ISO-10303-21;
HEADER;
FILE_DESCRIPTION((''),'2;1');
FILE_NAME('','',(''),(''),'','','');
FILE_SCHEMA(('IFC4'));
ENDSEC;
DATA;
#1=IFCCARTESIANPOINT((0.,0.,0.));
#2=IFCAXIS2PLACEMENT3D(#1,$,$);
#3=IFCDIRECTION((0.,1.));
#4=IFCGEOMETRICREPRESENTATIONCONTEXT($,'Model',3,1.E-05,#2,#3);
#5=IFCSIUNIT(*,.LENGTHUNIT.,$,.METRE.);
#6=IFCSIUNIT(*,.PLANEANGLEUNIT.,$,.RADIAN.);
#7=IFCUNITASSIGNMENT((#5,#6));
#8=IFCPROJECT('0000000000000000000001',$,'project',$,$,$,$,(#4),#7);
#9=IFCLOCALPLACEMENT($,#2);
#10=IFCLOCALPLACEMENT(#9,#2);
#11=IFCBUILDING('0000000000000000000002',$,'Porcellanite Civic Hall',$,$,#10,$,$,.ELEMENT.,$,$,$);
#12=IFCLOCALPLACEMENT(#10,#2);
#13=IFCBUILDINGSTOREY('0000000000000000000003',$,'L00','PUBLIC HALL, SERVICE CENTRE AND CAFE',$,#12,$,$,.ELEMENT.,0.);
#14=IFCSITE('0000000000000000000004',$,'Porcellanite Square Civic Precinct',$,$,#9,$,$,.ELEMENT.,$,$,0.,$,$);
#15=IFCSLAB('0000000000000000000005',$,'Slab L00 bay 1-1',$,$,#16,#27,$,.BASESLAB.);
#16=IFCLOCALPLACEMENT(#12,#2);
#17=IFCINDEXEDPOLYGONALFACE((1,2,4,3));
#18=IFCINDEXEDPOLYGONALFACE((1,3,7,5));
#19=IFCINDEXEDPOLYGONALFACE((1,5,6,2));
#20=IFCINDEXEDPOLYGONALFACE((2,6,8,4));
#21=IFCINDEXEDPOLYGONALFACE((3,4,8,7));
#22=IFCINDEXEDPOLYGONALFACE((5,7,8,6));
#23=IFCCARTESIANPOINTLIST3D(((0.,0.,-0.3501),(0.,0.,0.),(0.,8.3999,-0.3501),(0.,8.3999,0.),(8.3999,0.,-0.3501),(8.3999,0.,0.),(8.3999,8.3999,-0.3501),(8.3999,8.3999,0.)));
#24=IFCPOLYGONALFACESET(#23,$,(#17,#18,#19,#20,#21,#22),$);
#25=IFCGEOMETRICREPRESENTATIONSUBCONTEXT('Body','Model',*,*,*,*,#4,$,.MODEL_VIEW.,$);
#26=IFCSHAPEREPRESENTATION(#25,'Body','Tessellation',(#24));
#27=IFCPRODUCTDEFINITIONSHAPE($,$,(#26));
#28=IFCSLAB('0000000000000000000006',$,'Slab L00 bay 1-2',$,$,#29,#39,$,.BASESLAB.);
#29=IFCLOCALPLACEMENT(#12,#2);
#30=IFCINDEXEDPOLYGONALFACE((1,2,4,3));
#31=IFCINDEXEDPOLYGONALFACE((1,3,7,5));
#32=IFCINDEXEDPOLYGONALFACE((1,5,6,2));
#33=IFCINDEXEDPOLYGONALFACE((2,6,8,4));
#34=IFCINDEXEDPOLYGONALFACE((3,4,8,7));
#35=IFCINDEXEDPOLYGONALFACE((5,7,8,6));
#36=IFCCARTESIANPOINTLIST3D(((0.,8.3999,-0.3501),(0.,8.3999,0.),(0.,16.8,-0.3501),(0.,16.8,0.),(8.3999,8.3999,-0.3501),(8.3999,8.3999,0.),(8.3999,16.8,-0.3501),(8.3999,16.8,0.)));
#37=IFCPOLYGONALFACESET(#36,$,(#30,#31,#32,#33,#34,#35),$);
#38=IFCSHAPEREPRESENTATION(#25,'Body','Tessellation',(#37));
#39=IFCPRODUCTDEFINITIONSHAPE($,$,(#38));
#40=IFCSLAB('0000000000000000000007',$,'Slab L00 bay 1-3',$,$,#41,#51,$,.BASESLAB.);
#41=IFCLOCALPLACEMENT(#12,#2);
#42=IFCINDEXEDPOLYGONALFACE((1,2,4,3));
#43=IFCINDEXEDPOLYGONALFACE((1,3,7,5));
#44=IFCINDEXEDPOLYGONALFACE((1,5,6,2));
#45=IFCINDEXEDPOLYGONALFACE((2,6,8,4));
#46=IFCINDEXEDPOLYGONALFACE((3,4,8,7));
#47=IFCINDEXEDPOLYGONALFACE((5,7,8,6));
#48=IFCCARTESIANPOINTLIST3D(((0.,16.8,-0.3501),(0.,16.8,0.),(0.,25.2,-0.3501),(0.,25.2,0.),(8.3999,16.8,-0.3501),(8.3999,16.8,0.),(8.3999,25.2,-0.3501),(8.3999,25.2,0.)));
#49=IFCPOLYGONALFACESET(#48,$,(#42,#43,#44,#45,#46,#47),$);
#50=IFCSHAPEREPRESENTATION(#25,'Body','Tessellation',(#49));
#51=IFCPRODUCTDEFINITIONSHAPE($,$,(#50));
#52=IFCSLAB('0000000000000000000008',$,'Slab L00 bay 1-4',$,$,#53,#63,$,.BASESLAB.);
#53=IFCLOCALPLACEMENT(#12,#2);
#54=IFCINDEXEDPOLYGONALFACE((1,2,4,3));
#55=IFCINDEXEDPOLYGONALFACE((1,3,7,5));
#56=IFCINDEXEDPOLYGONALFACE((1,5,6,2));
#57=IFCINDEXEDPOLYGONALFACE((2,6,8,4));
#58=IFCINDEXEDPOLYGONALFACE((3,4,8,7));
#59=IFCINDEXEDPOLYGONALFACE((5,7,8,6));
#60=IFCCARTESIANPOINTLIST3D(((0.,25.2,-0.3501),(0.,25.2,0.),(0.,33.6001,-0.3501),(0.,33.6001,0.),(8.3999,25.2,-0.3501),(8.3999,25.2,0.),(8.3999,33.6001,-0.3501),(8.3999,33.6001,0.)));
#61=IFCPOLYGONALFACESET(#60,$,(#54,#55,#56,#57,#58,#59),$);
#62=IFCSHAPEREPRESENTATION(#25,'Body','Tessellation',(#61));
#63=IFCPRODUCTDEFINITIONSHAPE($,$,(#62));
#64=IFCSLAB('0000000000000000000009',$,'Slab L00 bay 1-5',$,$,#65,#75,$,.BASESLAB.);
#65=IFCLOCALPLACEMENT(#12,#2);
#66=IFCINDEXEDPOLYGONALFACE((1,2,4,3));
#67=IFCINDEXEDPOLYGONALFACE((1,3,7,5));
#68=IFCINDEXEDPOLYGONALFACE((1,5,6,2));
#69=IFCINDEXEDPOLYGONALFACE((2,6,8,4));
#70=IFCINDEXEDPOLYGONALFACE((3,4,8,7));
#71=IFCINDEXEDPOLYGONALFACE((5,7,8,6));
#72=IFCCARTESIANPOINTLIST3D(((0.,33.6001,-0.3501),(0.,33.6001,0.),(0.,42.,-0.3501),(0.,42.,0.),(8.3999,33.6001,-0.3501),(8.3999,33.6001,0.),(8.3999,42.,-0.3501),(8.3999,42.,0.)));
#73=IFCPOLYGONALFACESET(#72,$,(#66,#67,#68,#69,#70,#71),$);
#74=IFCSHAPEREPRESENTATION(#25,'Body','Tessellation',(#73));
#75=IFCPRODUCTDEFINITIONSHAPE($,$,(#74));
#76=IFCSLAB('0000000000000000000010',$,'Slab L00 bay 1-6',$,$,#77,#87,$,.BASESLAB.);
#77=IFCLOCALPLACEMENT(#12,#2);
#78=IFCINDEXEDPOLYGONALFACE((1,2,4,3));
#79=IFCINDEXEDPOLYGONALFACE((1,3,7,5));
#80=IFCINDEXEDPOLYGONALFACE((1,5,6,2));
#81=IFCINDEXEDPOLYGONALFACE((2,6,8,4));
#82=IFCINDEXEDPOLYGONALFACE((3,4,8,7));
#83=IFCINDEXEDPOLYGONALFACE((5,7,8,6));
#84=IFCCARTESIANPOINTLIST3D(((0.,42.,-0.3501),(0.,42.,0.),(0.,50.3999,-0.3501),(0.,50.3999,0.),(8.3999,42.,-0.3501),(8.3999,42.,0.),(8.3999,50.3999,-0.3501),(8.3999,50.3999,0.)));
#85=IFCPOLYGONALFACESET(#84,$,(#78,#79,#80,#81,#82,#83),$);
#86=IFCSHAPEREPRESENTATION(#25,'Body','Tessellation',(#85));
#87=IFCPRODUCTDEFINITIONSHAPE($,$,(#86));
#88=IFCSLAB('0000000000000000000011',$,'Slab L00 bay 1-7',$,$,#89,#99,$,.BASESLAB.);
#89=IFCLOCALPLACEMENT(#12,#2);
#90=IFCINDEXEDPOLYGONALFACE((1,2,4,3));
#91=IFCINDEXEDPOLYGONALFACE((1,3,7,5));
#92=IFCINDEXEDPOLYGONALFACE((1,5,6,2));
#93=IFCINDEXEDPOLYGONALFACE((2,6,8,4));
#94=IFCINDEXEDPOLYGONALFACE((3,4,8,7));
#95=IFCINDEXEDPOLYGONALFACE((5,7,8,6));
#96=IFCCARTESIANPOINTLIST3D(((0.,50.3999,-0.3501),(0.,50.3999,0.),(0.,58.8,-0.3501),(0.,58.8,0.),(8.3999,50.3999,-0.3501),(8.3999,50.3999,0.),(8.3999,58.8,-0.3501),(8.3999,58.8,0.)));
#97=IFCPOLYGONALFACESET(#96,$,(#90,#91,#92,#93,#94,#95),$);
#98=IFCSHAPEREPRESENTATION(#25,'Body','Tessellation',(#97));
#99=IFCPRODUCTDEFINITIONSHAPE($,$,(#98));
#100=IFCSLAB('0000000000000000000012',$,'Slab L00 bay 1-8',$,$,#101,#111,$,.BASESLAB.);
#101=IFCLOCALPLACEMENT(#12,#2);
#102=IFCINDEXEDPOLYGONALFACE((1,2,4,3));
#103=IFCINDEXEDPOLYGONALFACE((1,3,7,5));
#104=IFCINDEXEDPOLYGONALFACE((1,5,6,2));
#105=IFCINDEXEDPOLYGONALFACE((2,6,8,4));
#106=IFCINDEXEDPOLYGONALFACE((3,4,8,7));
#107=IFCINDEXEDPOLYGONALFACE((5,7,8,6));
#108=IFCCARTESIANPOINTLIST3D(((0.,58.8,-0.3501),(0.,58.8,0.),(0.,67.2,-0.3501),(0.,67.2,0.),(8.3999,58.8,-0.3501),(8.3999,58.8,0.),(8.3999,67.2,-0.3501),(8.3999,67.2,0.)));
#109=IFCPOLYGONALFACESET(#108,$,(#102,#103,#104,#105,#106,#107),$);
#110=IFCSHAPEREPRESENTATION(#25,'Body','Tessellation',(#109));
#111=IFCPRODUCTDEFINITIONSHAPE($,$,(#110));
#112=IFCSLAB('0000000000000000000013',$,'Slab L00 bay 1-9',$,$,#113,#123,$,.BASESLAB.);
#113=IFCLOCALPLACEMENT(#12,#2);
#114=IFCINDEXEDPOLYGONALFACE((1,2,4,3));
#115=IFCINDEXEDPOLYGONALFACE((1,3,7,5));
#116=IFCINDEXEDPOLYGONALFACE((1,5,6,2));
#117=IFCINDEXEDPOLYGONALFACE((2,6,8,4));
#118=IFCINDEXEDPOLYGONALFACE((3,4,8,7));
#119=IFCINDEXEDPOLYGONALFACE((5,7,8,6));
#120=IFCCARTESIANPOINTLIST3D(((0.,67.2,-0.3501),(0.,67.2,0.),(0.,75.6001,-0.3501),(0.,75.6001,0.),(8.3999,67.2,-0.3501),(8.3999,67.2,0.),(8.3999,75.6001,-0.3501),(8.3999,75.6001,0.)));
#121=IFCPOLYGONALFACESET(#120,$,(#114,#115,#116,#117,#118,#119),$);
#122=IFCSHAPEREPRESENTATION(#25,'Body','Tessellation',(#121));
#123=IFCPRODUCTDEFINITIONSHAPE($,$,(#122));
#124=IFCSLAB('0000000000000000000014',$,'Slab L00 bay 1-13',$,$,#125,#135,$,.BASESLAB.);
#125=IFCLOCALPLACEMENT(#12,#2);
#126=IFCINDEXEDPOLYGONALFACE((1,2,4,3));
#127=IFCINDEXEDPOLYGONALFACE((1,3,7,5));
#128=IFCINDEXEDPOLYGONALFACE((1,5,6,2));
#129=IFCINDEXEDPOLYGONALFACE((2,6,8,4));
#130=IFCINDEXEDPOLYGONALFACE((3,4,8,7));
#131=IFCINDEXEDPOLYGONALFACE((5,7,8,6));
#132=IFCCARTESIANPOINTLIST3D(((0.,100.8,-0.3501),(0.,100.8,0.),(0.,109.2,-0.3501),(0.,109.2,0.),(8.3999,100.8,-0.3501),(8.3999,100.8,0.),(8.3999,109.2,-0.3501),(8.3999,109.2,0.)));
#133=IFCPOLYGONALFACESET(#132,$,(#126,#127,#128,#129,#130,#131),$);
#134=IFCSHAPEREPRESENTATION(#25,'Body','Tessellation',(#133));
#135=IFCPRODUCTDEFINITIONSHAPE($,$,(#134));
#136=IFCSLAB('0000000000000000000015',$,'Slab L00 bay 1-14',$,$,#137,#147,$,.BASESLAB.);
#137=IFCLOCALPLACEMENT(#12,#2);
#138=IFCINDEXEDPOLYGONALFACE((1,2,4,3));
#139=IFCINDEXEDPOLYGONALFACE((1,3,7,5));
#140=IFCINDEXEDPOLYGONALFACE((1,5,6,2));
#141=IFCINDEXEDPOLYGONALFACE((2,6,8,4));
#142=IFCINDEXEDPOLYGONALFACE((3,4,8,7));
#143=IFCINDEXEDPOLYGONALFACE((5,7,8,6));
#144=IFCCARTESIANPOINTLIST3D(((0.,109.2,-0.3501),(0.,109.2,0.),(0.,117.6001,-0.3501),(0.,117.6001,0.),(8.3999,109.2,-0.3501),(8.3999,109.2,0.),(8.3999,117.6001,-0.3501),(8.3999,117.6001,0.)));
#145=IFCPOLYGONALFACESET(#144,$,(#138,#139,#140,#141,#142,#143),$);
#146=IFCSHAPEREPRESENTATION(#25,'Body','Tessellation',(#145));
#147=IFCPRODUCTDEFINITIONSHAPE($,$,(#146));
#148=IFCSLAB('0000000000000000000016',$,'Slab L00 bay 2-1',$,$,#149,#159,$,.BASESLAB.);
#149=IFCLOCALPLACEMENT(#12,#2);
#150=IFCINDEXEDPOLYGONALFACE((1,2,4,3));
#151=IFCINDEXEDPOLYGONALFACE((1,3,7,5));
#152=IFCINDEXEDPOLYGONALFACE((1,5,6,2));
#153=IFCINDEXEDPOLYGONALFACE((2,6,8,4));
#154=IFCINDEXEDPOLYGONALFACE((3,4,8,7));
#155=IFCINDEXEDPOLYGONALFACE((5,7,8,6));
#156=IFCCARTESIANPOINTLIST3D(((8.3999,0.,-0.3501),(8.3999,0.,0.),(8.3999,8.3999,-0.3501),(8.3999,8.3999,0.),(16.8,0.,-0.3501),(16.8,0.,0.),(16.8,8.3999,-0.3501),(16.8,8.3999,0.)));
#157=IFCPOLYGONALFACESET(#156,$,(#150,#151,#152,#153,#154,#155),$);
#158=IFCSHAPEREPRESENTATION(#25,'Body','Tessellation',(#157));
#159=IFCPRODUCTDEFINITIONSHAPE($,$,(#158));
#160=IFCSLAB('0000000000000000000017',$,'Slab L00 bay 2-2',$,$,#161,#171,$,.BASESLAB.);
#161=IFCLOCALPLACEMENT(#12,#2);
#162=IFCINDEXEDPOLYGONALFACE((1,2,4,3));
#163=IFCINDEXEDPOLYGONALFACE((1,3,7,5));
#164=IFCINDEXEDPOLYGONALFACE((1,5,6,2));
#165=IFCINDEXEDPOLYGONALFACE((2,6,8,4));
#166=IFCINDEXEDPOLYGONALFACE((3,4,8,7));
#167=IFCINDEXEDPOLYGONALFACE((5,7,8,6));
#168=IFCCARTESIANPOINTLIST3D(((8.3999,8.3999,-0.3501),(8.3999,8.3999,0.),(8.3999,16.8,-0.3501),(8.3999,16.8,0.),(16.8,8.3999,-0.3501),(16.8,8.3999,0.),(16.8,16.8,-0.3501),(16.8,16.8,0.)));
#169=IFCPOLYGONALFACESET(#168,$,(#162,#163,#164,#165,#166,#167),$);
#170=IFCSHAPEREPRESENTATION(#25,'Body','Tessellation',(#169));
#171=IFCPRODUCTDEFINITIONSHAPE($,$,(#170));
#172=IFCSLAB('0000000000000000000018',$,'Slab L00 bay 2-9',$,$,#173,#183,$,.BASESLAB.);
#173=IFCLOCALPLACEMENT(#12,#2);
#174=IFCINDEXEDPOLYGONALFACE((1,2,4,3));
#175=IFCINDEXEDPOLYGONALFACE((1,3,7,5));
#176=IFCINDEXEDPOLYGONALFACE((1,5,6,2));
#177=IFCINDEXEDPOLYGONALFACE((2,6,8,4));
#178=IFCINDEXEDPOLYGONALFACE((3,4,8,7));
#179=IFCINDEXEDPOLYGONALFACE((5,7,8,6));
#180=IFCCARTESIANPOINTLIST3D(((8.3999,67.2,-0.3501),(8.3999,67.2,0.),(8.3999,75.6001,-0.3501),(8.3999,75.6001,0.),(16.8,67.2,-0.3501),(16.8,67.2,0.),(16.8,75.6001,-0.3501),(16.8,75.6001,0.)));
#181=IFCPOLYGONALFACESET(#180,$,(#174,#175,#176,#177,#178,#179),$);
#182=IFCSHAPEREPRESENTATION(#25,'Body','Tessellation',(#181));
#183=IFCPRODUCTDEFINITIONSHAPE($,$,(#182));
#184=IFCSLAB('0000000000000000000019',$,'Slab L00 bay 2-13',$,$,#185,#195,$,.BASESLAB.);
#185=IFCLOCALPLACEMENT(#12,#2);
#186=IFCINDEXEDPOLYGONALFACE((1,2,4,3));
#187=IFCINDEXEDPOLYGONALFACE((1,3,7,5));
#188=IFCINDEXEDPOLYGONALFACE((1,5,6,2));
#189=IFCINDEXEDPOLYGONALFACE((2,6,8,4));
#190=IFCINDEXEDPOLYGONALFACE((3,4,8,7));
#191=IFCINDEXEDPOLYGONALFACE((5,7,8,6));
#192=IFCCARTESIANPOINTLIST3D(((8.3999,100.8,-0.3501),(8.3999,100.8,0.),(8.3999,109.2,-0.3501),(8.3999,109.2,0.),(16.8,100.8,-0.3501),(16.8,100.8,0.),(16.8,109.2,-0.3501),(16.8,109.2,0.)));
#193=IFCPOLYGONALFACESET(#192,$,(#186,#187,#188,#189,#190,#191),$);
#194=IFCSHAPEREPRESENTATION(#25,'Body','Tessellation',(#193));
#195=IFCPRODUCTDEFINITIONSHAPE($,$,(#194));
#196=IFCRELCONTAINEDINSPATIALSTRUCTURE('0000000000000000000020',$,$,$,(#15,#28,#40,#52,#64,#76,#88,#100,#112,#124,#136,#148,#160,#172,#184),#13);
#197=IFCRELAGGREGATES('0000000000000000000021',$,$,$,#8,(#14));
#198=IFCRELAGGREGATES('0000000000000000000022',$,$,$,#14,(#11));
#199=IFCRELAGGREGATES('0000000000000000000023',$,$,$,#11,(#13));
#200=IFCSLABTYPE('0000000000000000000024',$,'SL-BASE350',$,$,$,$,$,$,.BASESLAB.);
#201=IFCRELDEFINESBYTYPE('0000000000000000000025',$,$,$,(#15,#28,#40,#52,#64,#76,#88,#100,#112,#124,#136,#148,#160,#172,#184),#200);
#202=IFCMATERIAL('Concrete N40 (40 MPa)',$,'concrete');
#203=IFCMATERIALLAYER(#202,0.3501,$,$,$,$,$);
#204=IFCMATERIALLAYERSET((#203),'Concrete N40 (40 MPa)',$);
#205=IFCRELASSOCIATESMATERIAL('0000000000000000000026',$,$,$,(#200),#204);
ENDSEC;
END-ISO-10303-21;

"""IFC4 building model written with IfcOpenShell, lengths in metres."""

from ifc_helpers import new_model, si_unit, direction, frame, origin, place, context, subcontext, project, spatial, polyline, outline, extrude, material, layer, layer_set, type_object, element, save


model = new_model("IFC4")

# Units and contexts
model_context = context("Model", 3, precision=1e-05, world=origin(), true_north=direction((0.0, 1.0)))
body_context = subcontext(model_context, "Body", "Model", "MODEL_VIEW")
ifc_project = project(units=[si_unit("LENGTHUNIT", "METRE"), si_unit("PLANEANGLEUNIT", "RADIAN")], contexts=[model_context])

# Site, building, storey
site_placement = place(None, origin())
site = spatial("IfcSite", under=ifc_project, at=site_placement, Name="Porcellanite Square Civic Precinct", CompositionType="ELEMENT", RefElevation=0.0)
building_placement = place(site_placement, origin())
building = spatial("IfcBuilding", under=site, at=building_placement, Name="Porcellanite Civic Hall", CompositionType="ELEMENT")
storey_placement = place(building_placement, origin())
storey = spatial("IfcBuildingStorey", under=building, at=storey_placement, Name="L00", Description="PUBLIC HALL, SERVICE CENTRE AND CAFE", CompositionType="ELEMENT", Elevation=0.0)

# Slabs
ifc_material = material(Name="Concrete N40 (40 MPa)", Category="concrete")
ifc_layer = layer(ifc_material, 0.3501)
ifc_layer_set = layer_set([ifc_layer], Name="Concrete N40 (40 MPa)")
slab_type = type_object("IfcSlabType", Name="SL-BASE350", PredefinedType="BASESLAB", material=ifc_layer_set)
slab_1_placement = place(storey_placement, frame((0.0, 0.0, -0.3501)))
element("IfcSlab", 1, at=slab_1_placement, inside=storey, type_object=slab_type, Name="Slab L00 bay 1-1", PredefinedType="BASESLAB", context=body_context, shape_type="SweptSolid", body=[
    extrude(outline(polyline([(0.0, 0.0), (8.3999, 0.0), (8.3999, 8.3999), (0.0, 8.3999), (0.0, 0.0)])), origin(), (0.0, 0.0, 1.0), 0.3501),
])
slab_2_placement = place(storey_placement, frame((0.0, 0.0, -0.3501)))
element("IfcSlab", 2, at=slab_2_placement, inside=storey, type_object=slab_type, Name="Slab L00 bay 1-2", PredefinedType="BASESLAB", context=body_context, shape_type="SweptSolid", body=[
    extrude(outline(polyline([(0.0, 8.3999), (8.3999, 8.3999), (8.3999, 16.8), (0.0, 16.8), (0.0, 8.3999)])), origin(), (0.0, 0.0, 1.0), 0.3501),
])
slab_3_placement = place(storey_placement, frame((0.0, 0.0, -0.3501)))
element("IfcSlab", 3, at=slab_3_placement, inside=storey, type_object=slab_type, Name="Slab L00 bay 1-3", PredefinedType="BASESLAB", context=body_context, shape_type="SweptSolid", body=[
    extrude(outline(polyline([(0.0, 16.8), (8.3999, 16.8), (8.3999, 25.2), (0.0, 25.2), (0.0, 16.8)])), origin(), (0.0, 0.0, 1.0), 0.3501),
])
slab_4_placement = place(storey_placement, frame((0.0, 0.0, -0.3501)))
element("IfcSlab", 4, at=slab_4_placement, inside=storey, type_object=slab_type, Name="Slab L00 bay 1-4", PredefinedType="BASESLAB", context=body_context, shape_type="SweptSolid", body=[
    extrude(outline(polyline([(0.0, 25.2), (8.3999, 25.2), (8.3999, 33.6001), (0.0, 33.6001), (0.0, 25.2)])), origin(), (0.0, 0.0, 1.0), 0.3501),
])
slab_5_placement = place(storey_placement, frame((0.0, 0.0, -0.3501)))
element("IfcSlab", 5, at=slab_5_placement, inside=storey, type_object=slab_type, Name="Slab L00 bay 1-5", PredefinedType="BASESLAB", context=body_context, shape_type="SweptSolid", body=[
    extrude(outline(polyline([(0.0, 33.6001), (8.3999, 33.6001), (8.3999, 42.0), (0.0, 42.0), (0.0, 33.6001)])), origin(), (0.0, 0.0, 1.0), 0.3501),
])
slab_6_placement = place(storey_placement, frame((0.0, 0.0, -0.3501)))
element("IfcSlab", 6, at=slab_6_placement, inside=storey, type_object=slab_type, Name="Slab L00 bay 1-6", PredefinedType="BASESLAB", context=body_context, shape_type="SweptSolid", body=[
    extrude(outline(polyline([(0.0, 42.0), (8.3999, 42.0), (8.3999, 50.3999), (0.0, 50.3999), (0.0, 42.0)])), origin(), (0.0, 0.0, 1.0), 0.3501),
])
slab_7_placement = place(storey_placement, frame((0.0, 0.0, -0.3501)))
element("IfcSlab", 7, at=slab_7_placement, inside=storey, type_object=slab_type, Name="Slab L00 bay 1-7", PredefinedType="BASESLAB", context=body_context, shape_type="SweptSolid", body=[
    extrude(outline(polyline([(0.0, 50.3999), (8.3999, 50.3999), (8.3999, 58.8), (0.0, 58.8), (0.0, 50.3999)])), origin(), (0.0, 0.0, 1.0), 0.3501),
])
slab_8_placement = place(storey_placement, frame((0.0, 0.0, -0.3501)))
element("IfcSlab", 8, at=slab_8_placement, inside=storey, type_object=slab_type, Name="Slab L00 bay 1-8", PredefinedType="BASESLAB", context=body_context, shape_type="SweptSolid", body=[
    extrude(outline(polyline([(0.0, 58.8), (8.3999, 58.8), (8.3999, 67.2), (0.0, 67.2), (0.0, 58.8)])), origin(), (0.0, 0.0, 1.0), 0.3501),
])
slab_9_placement = place(storey_placement, frame((0.0, 0.0, -0.3501)))
element("IfcSlab", 9, at=slab_9_placement, inside=storey, type_object=slab_type, Name="Slab L00 bay 1-9", PredefinedType="BASESLAB", context=body_context, shape_type="SweptSolid", body=[
    extrude(outline(polyline([(0.0, 67.2), (8.3999, 67.2), (8.3999, 75.6001), (0.0, 75.6001), (0.0, 67.2)])), origin(), (0.0, 0.0, 1.0), 0.3501),
])
slab_10_placement = place(storey_placement, frame((0.0, 0.0, -0.3501)))
element("IfcSlab", 10, at=slab_10_placement, inside=storey, type_object=slab_type, Name="Slab L00 bay 1-13", PredefinedType="BASESLAB", context=body_context, shape_type="SweptSolid", body=[
    extrude(outline(polyline([(0.0, 100.8), (8.3999, 100.8), (8.3999, 109.2), (0.0, 109.2), (0.0, 100.8)])), origin(), (0.0, 0.0, 1.0), 0.3501),
])
slab_11_placement = place(storey_placement, frame((0.0, 0.0, -0.3501)))
element("IfcSlab", 11, at=slab_11_placement, inside=storey, type_object=slab_type, Name="Slab L00 bay 1-14", PredefinedType="BASESLAB", context=body_context, shape_type="SweptSolid", body=[
    extrude(outline(polyline([(0.0, 109.2), (8.3999, 109.2), (8.3999, 117.6001), (0.0, 117.6001), (0.0, 109.2)])), origin(), (0.0, 0.0, 1.0), 0.3501),
])
slab_12_placement = place(storey_placement, frame((0.0, 0.0, -0.3501)))
element("IfcSlab", 12, at=slab_12_placement, inside=storey, type_object=slab_type, Name="Slab L00 bay 2-1", PredefinedType="BASESLAB", context=body_context, shape_type="SweptSolid", body=[
    extrude(outline(polyline([(8.3999, 0.0), (16.8, 0.0), (16.8, 8.3999), (8.3999, 8.3999), (8.3999, 0.0)])), origin(), (0.0, 0.0, 1.0), 0.3501),
])
slab_13_placement = place(storey_placement, frame((0.0, 0.0, -0.3501)))
element("IfcSlab", 13, at=slab_13_placement, inside=storey, type_object=slab_type, Name="Slab L00 bay 2-2", PredefinedType="BASESLAB", context=body_context, shape_type="SweptSolid", body=[
    extrude(outline(polyline([(8.3999, 8.3999), (16.8, 8.3999), (16.8, 16.8), (8.3999, 16.8), (8.3999, 8.3999)])), origin(), (0.0, 0.0, 1.0), 0.3501),
])
slab_14_placement = place(storey_placement, frame((0.0, 0.0, -0.3501)))
element("IfcSlab", 14, at=slab_14_placement, inside=storey, type_object=slab_type, Name="Slab L00 bay 2-9", PredefinedType="BASESLAB", context=body_context, shape_type="SweptSolid", body=[
    extrude(outline(polyline([(8.3999, 67.2), (16.8, 67.2), (16.8, 75.6001), (8.3999, 75.6001), (8.3999, 67.2)])), origin(), (0.0, 0.0, 1.0), 0.3501),
])
slab_15_placement = place(storey_placement, frame((0.0, 0.0, -0.3501)))
element("IfcSlab", 15, at=slab_15_placement, inside=storey, type_object=slab_type, Name="Slab L00 bay 2-13", PredefinedType="BASESLAB", context=body_context, shape_type="SweptSolid", body=[
    extrude(outline(polyline([(8.3999, 100.8), (16.8, 100.8), (16.8, 109.2), (8.3999, 109.2), (8.3999, 100.8)])), origin(), (0.0, 0.0, 1.0), 0.3501),
])

save(model, "model.ifc")
